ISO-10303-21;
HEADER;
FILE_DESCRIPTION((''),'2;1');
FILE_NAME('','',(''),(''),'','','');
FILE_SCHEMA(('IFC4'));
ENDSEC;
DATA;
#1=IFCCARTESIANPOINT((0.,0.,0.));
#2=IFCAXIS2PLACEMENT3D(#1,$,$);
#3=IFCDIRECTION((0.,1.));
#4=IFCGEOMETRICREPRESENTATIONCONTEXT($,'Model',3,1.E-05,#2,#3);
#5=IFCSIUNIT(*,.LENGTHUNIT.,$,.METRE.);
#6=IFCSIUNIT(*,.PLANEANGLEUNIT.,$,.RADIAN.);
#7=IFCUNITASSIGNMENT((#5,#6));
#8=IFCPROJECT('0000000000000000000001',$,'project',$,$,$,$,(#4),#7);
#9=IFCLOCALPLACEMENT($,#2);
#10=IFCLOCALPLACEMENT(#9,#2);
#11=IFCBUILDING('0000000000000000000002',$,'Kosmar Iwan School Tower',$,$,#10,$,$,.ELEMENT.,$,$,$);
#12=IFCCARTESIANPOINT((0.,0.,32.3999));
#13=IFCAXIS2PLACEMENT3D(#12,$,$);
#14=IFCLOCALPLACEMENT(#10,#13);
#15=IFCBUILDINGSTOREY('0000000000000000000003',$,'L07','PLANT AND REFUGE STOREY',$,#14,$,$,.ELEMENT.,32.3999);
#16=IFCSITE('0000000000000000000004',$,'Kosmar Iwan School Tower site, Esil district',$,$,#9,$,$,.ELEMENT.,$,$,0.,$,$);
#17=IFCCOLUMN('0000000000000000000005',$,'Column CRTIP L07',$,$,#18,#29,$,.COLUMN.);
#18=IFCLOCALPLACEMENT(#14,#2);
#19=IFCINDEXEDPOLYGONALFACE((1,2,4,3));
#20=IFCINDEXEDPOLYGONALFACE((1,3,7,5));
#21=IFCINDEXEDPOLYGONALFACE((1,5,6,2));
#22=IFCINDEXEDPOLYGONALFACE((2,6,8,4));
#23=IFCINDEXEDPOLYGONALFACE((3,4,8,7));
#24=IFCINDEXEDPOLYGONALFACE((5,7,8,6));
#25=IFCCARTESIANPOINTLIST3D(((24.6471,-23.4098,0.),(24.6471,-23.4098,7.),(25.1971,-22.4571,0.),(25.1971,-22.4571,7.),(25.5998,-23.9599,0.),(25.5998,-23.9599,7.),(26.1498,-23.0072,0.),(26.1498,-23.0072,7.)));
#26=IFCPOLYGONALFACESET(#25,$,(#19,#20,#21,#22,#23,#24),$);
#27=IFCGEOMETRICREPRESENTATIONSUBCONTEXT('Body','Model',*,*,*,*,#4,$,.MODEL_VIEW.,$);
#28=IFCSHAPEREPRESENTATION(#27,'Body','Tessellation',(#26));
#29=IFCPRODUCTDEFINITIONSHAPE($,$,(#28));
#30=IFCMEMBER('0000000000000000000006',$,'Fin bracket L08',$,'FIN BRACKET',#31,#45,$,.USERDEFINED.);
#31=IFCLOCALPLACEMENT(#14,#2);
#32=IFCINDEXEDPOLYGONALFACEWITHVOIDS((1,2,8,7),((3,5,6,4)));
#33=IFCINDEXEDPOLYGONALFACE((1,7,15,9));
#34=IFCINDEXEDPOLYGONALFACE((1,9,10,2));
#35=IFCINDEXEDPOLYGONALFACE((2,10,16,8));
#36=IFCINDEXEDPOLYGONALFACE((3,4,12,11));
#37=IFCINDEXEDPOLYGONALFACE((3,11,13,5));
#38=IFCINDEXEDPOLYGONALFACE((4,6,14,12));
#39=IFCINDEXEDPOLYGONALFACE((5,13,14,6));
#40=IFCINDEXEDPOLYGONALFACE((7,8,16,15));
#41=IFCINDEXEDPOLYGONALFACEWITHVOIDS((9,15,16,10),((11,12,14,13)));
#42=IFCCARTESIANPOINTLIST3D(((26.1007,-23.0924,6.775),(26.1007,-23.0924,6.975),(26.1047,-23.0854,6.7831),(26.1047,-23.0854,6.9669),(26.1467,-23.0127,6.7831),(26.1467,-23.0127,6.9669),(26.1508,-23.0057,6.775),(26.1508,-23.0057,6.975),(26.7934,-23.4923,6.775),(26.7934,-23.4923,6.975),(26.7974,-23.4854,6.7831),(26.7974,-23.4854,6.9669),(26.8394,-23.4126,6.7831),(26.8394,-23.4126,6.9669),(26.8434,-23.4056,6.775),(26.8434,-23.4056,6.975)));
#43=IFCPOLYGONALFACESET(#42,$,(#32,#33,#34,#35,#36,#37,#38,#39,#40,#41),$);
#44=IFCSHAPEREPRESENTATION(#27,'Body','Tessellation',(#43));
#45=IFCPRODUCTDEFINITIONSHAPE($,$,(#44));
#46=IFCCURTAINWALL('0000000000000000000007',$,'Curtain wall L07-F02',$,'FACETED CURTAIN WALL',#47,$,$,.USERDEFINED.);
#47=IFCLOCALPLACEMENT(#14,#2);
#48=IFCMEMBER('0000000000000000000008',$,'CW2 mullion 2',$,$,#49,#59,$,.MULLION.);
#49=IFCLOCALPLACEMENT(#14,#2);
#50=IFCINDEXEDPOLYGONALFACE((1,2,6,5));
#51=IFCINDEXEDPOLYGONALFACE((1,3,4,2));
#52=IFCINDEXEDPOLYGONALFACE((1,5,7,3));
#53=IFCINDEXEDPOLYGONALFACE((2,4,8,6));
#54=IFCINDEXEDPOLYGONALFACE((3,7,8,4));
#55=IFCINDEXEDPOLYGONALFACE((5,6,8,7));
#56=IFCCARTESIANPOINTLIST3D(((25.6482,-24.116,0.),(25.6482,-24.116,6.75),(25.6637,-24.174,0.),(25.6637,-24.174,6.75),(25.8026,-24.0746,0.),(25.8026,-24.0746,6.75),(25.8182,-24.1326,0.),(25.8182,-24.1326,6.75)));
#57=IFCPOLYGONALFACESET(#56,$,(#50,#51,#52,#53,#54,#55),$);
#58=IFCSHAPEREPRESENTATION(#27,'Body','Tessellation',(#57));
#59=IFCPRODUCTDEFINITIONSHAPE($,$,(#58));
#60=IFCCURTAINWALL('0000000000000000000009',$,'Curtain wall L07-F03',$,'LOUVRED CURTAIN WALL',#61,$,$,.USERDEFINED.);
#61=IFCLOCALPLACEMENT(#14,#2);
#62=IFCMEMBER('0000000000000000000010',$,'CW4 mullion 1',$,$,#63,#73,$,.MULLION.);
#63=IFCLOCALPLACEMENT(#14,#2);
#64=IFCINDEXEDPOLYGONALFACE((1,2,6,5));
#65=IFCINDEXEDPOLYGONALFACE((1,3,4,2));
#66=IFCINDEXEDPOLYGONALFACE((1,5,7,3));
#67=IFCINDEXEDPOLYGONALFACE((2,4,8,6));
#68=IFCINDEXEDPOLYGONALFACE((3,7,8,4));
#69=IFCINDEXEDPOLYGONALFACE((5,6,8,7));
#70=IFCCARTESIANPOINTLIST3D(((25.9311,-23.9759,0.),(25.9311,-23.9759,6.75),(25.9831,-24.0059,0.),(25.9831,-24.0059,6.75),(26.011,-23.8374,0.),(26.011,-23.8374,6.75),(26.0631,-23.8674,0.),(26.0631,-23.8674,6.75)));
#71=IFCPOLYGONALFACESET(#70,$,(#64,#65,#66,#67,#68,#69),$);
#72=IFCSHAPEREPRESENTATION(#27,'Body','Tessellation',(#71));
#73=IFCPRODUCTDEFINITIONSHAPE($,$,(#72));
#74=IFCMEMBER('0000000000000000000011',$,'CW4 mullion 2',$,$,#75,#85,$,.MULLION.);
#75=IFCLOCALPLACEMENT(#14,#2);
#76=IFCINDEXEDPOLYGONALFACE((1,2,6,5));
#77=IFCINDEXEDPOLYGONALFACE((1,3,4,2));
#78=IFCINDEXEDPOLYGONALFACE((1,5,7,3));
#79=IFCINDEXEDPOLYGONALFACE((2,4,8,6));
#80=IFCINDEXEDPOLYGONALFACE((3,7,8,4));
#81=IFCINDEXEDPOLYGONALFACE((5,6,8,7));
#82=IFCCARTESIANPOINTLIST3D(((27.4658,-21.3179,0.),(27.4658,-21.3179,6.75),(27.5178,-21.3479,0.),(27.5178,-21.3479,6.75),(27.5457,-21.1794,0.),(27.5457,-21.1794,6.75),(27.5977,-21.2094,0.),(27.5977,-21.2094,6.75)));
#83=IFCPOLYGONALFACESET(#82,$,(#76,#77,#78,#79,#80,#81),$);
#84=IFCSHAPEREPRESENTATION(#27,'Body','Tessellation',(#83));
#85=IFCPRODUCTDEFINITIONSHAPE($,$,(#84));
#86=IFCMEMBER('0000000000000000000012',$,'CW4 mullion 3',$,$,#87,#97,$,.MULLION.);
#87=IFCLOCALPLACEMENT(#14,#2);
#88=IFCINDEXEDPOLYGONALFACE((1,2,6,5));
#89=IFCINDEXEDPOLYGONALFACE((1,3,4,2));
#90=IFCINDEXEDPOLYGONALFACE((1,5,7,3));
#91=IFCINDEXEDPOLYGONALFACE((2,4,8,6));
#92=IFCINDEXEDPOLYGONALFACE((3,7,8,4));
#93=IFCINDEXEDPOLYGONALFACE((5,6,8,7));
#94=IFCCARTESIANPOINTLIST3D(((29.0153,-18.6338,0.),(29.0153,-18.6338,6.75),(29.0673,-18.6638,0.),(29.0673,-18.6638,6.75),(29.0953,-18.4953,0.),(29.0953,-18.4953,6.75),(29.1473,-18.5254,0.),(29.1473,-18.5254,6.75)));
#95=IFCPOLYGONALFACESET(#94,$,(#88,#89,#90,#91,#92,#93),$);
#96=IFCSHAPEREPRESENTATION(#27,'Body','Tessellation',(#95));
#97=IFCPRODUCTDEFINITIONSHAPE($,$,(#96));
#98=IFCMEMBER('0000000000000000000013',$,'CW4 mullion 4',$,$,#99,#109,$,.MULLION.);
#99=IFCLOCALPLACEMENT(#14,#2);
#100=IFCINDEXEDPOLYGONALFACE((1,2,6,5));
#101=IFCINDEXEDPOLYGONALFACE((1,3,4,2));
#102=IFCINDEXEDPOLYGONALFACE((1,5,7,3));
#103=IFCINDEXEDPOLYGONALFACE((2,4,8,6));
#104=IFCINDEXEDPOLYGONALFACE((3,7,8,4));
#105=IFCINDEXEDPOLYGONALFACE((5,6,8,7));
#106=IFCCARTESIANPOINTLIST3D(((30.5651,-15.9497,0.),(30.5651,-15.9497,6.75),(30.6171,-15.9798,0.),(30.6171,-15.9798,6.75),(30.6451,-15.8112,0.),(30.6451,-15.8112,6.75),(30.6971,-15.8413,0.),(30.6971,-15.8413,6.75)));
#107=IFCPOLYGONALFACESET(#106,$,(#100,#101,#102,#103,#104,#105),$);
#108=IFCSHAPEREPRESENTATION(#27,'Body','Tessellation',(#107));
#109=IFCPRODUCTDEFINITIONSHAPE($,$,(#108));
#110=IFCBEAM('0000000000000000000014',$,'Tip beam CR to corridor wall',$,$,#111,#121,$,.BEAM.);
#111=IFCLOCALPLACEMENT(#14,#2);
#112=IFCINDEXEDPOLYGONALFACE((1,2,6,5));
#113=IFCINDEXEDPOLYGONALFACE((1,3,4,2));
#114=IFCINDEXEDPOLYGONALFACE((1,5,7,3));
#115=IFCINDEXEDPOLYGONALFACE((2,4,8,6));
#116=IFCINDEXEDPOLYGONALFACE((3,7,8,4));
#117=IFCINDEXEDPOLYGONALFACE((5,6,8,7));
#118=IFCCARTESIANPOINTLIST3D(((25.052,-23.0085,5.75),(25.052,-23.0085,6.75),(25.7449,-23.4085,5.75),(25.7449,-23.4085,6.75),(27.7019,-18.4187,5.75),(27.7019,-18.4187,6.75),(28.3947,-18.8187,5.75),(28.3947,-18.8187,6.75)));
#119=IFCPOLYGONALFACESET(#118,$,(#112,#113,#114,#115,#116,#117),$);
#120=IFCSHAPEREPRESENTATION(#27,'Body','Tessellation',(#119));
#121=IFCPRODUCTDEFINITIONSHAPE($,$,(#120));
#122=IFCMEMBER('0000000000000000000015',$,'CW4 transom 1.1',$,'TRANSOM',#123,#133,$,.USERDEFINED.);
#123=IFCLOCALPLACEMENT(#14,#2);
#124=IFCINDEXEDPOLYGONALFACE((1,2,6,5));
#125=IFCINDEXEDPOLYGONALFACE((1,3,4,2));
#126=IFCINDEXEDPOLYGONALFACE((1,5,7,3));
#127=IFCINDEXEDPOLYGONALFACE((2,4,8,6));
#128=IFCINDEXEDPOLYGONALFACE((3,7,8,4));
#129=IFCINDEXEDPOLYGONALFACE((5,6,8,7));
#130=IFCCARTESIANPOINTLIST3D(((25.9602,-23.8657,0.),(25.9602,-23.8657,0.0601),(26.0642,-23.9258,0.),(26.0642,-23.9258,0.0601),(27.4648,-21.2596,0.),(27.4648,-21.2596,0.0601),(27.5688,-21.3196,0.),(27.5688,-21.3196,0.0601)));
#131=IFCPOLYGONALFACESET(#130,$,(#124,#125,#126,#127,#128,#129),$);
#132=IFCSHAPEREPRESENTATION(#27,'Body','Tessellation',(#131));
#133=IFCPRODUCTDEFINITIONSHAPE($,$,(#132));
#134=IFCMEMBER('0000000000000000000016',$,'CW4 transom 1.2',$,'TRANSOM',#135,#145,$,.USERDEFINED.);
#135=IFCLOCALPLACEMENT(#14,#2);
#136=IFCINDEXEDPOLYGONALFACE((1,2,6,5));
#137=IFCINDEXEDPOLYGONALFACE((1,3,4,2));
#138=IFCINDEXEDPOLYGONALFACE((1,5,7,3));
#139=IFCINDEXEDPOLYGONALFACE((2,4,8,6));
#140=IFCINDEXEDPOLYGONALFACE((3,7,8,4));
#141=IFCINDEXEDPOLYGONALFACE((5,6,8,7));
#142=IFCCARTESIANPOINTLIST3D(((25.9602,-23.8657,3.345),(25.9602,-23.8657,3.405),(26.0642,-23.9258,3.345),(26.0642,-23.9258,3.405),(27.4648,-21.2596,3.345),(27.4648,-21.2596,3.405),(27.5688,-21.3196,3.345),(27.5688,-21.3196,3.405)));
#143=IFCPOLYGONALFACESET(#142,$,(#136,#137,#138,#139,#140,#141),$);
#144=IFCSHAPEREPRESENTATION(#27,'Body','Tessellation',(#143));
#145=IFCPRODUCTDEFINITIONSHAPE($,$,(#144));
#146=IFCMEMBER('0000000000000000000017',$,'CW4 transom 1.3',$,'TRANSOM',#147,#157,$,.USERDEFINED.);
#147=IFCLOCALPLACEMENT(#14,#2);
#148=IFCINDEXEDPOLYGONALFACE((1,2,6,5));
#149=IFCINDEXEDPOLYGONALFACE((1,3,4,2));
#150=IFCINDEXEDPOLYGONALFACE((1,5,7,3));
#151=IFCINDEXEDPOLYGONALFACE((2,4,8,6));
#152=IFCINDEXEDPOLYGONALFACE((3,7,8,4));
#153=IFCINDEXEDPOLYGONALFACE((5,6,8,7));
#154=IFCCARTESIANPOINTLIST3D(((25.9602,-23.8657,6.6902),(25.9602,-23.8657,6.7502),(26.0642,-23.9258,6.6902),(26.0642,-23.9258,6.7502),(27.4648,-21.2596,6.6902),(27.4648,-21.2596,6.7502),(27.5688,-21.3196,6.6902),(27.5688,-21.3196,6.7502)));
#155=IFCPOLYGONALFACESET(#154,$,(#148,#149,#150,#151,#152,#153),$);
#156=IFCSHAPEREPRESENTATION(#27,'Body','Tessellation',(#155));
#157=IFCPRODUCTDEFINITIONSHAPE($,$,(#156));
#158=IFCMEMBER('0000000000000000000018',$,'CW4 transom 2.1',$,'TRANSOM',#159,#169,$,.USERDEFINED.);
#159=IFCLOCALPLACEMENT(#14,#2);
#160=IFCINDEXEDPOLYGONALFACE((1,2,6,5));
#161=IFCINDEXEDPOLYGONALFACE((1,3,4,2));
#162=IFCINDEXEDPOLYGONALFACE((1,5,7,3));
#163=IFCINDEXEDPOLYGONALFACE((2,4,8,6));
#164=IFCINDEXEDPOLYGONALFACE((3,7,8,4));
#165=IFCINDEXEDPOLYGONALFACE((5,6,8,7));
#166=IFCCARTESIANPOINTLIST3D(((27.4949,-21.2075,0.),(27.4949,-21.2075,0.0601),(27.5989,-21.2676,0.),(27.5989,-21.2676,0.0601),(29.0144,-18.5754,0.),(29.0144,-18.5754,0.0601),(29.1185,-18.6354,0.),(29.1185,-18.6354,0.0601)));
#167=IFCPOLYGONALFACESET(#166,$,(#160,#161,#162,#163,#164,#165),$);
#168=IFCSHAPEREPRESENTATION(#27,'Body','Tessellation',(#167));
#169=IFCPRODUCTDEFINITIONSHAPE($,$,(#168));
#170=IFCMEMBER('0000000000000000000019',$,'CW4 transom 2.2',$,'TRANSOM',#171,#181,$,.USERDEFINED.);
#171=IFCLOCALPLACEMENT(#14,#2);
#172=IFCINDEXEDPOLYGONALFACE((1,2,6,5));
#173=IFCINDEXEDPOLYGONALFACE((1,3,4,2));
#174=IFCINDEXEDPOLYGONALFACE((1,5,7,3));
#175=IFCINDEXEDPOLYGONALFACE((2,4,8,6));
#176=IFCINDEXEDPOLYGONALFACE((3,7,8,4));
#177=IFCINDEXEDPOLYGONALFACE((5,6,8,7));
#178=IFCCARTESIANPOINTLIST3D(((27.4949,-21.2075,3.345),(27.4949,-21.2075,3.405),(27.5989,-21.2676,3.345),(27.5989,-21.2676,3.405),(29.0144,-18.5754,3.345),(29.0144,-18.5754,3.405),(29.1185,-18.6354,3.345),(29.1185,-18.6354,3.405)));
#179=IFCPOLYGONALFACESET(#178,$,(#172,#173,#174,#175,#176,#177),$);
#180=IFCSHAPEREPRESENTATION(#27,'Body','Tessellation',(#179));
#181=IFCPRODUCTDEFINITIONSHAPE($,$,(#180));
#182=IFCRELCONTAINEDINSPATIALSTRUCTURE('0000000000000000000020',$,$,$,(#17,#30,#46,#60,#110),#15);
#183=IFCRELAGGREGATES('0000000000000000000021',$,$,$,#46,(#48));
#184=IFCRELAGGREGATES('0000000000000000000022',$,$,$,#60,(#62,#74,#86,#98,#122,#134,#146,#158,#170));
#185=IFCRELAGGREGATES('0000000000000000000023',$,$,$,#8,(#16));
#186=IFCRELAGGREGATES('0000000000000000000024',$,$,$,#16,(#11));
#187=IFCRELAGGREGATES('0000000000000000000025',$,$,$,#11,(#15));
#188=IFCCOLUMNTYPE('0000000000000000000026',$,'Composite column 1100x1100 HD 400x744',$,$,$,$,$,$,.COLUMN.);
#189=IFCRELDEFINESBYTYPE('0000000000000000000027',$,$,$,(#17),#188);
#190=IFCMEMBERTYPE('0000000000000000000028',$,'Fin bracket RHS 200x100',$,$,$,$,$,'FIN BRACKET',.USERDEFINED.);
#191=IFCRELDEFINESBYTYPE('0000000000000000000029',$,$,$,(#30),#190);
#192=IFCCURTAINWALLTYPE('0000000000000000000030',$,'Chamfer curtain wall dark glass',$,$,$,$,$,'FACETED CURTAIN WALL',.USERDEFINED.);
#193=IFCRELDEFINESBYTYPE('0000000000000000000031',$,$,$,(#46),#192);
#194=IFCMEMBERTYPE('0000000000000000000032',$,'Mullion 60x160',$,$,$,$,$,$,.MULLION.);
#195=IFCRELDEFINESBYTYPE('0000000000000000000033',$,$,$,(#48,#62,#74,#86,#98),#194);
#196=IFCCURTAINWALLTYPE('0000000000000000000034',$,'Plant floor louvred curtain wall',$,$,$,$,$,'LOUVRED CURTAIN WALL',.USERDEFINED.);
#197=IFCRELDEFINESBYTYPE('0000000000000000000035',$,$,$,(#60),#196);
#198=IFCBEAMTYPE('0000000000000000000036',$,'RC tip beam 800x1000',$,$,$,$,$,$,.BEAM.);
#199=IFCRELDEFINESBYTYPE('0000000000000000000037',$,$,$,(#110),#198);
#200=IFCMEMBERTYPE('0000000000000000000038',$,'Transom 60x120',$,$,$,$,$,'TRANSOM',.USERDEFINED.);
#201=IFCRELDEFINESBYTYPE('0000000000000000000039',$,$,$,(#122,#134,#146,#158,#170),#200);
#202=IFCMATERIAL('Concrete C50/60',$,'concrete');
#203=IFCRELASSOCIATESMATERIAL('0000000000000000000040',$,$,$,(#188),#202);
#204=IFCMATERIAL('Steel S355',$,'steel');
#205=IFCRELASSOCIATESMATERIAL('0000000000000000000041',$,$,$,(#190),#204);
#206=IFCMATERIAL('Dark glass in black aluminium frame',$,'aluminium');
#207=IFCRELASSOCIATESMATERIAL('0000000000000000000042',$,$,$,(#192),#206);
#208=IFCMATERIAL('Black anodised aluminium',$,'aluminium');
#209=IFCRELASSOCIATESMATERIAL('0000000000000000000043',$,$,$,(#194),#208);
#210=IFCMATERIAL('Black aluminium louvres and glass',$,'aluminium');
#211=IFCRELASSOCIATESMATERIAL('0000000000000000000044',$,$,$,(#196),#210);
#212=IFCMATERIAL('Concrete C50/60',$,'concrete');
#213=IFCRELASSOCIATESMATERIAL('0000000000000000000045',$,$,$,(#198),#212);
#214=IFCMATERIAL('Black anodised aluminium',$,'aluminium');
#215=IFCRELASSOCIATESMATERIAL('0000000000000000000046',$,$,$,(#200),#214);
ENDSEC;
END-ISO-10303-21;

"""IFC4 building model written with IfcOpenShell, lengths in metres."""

from ifc_helpers import new_model, si_unit, direction, frame, origin, origin_2d, place, context, subcontext, project, spatial, rectangle, hollow_rectangle, extrude, material, material_profile, profile_set, type_object, element, aggregate, save


model = new_model("IFC4")

# Units and contexts
model_context = context("Model", 3, precision=1e-05, world=origin(), true_north=direction((0.0, 1.0)))
body_context = subcontext(model_context, "Body", "Model", "MODEL_VIEW")
ifc_project = project(units=[si_unit("LENGTHUNIT", "METRE"), si_unit("PLANEANGLEUNIT", "RADIAN")], contexts=[model_context])

# Site, building, storey
site_placement = place(None, origin())
site = spatial("IfcSite", under=ifc_project, at=site_placement, Name="Kosmar Iwan School Tower site, Esil district", CompositionType="ELEMENT", RefElevation=0.0)
building_placement = place(site_placement, origin())
building = spatial("IfcBuilding", under=site, at=building_placement, Name="Kosmar Iwan School Tower", CompositionType="ELEMENT")
storey_placement = place(building_placement, frame((0.0, 0.0, 32.3999)))
storey = spatial("IfcBuildingStorey", under=building, at=storey_placement, Name="L07", Description="PLANT AND REFUGE STOREY", CompositionType="ELEMENT", Elevation=32.3999)

# Column
ifc_material_1 = material(Name="Concrete C50/60", Category="concrete")
ifc_material_profile_1 = material_profile(ifc_material_1, rectangle(XDim=1.1001, YDim=1.1001, at=origin_2d()), Name="RC 1100x1100 + HD 400x744")
ifc_profile_set_1 = profile_set([ifc_material_profile_1], Name="Concrete C50/60")
column_type = type_object("IfcColumnType", Name="Composite column 1100x1100 HD 400x744", PredefinedType="COLUMN", material=ifc_profile_set_1)
column_placement = place(storey_placement, frame((25.3984, -23.2085, 0.0), z_axis=(0.0, 0.0, 1.0), x_axis=(0.866025, -0.5, 0.0)))
element("IfcColumn", 1, at=column_placement, inside=storey, type_object=column_type, Name="Column CRTIP L07", PredefinedType="COLUMN", context=body_context, shape_type="SweptSolid", body=[
    extrude(rectangle(XDim=1.1001, YDim=1.1001, at=origin_2d()), origin(), (0.0, 0.0, 1.0), 7.0),
])

# Member
ifc_material_2 = material(Name="Steel S355", Category="steel")
ifc_material_profile_2 = material_profile(ifc_material_2, hollow_rectangle(XDim=0.1001, YDim=0.2, WallThickness=0.0081, at=origin_2d()), Name="RHS 200x100x8")
ifc_profile_set_2 = profile_set([ifc_material_profile_2], Name="Steel S355")
member_type_1 = type_object("IfcMemberType", Name="Fin bracket RHS 200x100", ElementType="FIN BRACKET", PredefinedType="USERDEFINED", material=ifc_profile_set_2)
member_1_placement = place(storey_placement, frame((26.1257, -23.0491, 6.875), z_axis=(0.866018, -0.500013, 0.0), x_axis=(0.500013, 0.866018, 0.0)))
element("IfcMember", 2, at=member_1_placement, inside=storey, type_object=member_type_1, Name="Fin bracket L08", ObjectType="FIN BRACKET", PredefinedType="USERDEFINED", context=body_context, shape_type="SweptSolid", body=[
    extrude(hollow_rectangle(XDim=0.1001, YDim=0.2, WallThickness=0.0081, at=origin_2d()), origin(), (0.0, 0.0, 1.0), 0.7998),
])

# Curtain wall, member
ifc_material_3 = material(Name="Dark glass in black aluminium frame", Category="aluminium")
curtain_wall_type_1 = type_object("IfcCurtainWallType", Name="Chamfer curtain wall dark glass", ElementType="FACETED CURTAIN WALL", PredefinedType="USERDEFINED", material=ifc_material_3)
curtain_wall_1_placement = place(storey_placement, origin())
curtain_wall_1 = element("IfcCurtainWall", 3, at=curtain_wall_1_placement, inside=storey, type_object=curtain_wall_type_1, Name="Curtain wall L07-F02", ObjectType="FACETED CURTAIN WALL", PredefinedType="USERDEFINED")
ifc_material_4 = material(Name="Black anodised aluminium", Category="aluminium")
ifc_material_profile_3 = material_profile(ifc_material_4, rectangle(XDim=0.0601, YDim=0.1599, at=origin_2d()), Name="MULLION 60x160")
ifc_profile_set_3 = profile_set([ifc_material_profile_3], Name="Black anodised aluminium")
member_type_2 = type_object("IfcMemberType", Name="Mullion 60x160", PredefinedType="MULLION", material=ifc_profile_set_3)
member_2_placement = place(storey_placement, frame((25.7332, -24.1243, 0.0), z_axis=(0.0, 0.0, 1.0), x_axis=(-0.258819, 0.965926, 0.0)))
member_2 = element("IfcMember", 4, at=member_2_placement, type_object=member_type_2, Name="CW2 mullion 2", PredefinedType="MULLION", context=body_context, shape_type="SweptSolid", body=[
    extrude(rectangle(XDim=0.0601, YDim=0.1599, at=origin_2d()), origin(), (0.0, 0.0, 1.0), 6.75),
])
aggregate(curtain_wall_1, [member_2])

# Curtain wall, members
ifc_material_5 = material(Name="Black aluminium louvres and glass", Category="aluminium")
curtain_wall_type_2 = type_object("IfcCurtainWallType", Name="Plant floor louvred curtain wall", ElementType="LOUVRED CURTAIN WALL", PredefinedType="USERDEFINED", material=ifc_material_5)
curtain_wall_2_placement = place(storey_placement, origin())
curtain_wall_2 = element("IfcCurtainWall", 5, at=curtain_wall_2_placement, inside=storey, type_object=curtain_wall_type_2, Name="Curtain wall L07-F03", ObjectType="LOUVRED CURTAIN WALL", PredefinedType="USERDEFINED")
member_3_placement = place(storey_placement, frame((25.9971, -23.9216, 0.0), z_axis=(0.0, 0.0, 1.0), x_axis=(-0.866025, 0.5, 0.0)))
member_3 = element("IfcMember", 6, at=member_3_placement, type_object=member_type_2, Name="CW4 mullion 1", PredefinedType="MULLION", context=body_context, shape_type="SweptSolid", body=[
    extrude(rectangle(XDim=0.0601, YDim=0.1599, at=origin_2d()), origin(), (0.0, 0.0, 1.0), 6.75),
])
member_4_placement = place(storey_placement, frame((27.5317, -21.2637, 0.0), z_axis=(0.0, 0.0, 1.0), x_axis=(-0.866025, 0.5, 0.0)))
member_4 = element("IfcMember", 7, at=member_4_placement, type_object=member_type_2, Name="CW4 mullion 2", PredefinedType="MULLION", context=body_context, shape_type="SweptSolid", body=[
    extrude(rectangle(XDim=0.0601, YDim=0.1599, at=origin_2d()), origin(), (0.0, 0.0, 1.0), 6.75),
])
member_5_placement = place(storey_placement, frame((29.0813, -18.5796, 0.0), z_axis=(0.0, 0.0, 1.0), x_axis=(-0.866025, 0.5, 0.0)))
member_5 = element("IfcMember", 8, at=member_5_placement, type_object=member_type_2, Name="CW4 mullion 3", PredefinedType="MULLION", context=body_context, shape_type="SweptSolid", body=[
    extrude(rectangle(XDim=0.0601, YDim=0.1599, at=origin_2d()), origin(), (0.0, 0.0, 1.0), 6.75),
])
member_6_placement = place(storey_placement, frame((30.6311, -15.8955, 0.0), z_axis=(0.0, 0.0, 1.0), x_axis=(-0.866025, 0.5, 0.0)))
member_6 = element("IfcMember", 9, at=member_6_placement, type_object=member_type_2, Name="CW4 mullion 4", PredefinedType="MULLION", context=body_context, shape_type="SweptSolid", body=[
    extrude(rectangle(XDim=0.0601, YDim=0.1599, at=origin_2d()), origin(), (0.0, 0.0, 1.0), 6.75),
])

# Beam
ifc_material_6 = material(Name="Concrete C50/60", Category="concrete")
ifc_material_profile_4 = material_profile(ifc_material_6, rectangle(XDim=0.8, YDim=1.0, at=origin_2d()), Name="RC 800x1000")
ifc_profile_set_4 = profile_set([ifc_material_profile_4], Name="Concrete C50/60")
beam_type = type_object("IfcBeamType", Name="RC tip beam 800x1000", PredefinedType="BEAM", material=ifc_profile_set_4)
beam_placement = place(storey_placement, frame((25.3984, -23.2085, 6.25), z_axis=(0.499994, 0.866029, 0.0), x_axis=(-0.866029, 0.499994, 0.0)))
element("IfcBeam", 10, at=beam_placement, inside=storey, type_object=beam_type, Name="Tip beam CR to corridor wall", PredefinedType="BEAM", context=body_context, shape_type="SweptSolid", body=[
    extrude(rectangle(XDim=0.8, YDim=1.0, at=origin_2d()), origin(), (0.0, 0.0, 1.0), 5.2998),
])

# Members
ifc_material_7 = material(Name="Black anodised aluminium", Category="aluminium")
ifc_material_profile_5 = material_profile(ifc_material_7, rectangle(XDim=0.1201, YDim=0.0601, at=origin_2d()), Name="TRANSOM 60x120")
ifc_profile_set_5 = profile_set([ifc_material_profile_5], Name="Black anodised aluminium")
member_type_3 = type_object("IfcMemberType", Name="Transom 60x120", ElementType="TRANSOM", PredefinedType="USERDEFINED", material=ifc_profile_set_5)
member_7_placement = place(storey_placement, frame((26.0122, -23.8958, 0.03), z_axis=(0.499987, 0.866033, 0.0), x_axis=(-0.866033, 0.499987, 0.0)))
member_7 = element("IfcMember", 11, at=member_7_placement, type_object=member_type_3, Name="CW4 transom 1.1", ObjectType="TRANSOM", PredefinedType="USERDEFINED", context=body_context, shape_type="SweptSolid", body=[
    extrude(rectangle(XDim=0.1201, YDim=0.0601, at=origin_2d()), origin(), (0.0, 0.0, 1.0), 3.0093),
])
member_8_placement = place(storey_placement, frame((26.0122, -23.8958, 3.375), z_axis=(0.499987, 0.866033, 0.0), x_axis=(-0.866033, 0.499987, 0.0)))
member_8 = element("IfcMember", 12, at=member_8_placement, type_object=member_type_3, Name="CW4 transom 1.2", ObjectType="TRANSOM", PredefinedType="USERDEFINED", context=body_context, shape_type="SweptSolid", body=[
    extrude(rectangle(XDim=0.1201, YDim=0.0601, at=origin_2d()), origin(), (0.0, 0.0, 1.0), 3.0093),
])
member_9_placement = place(storey_placement, frame((26.0122, -23.8958, 6.7202), z_axis=(0.499987, 0.866033, 0.0), x_axis=(-0.866033, 0.499987, 0.0)))
member_9 = element("IfcMember", 13, at=member_9_placement, type_object=member_type_3, Name="CW4 transom 1.3", ObjectType="TRANSOM", PredefinedType="USERDEFINED", context=body_context, shape_type="SweptSolid", body=[
    extrude(rectangle(XDim=0.1201, YDim=0.0601, at=origin_2d()), origin(), (0.0, 0.0, 1.0), 3.0093),
])
member_10_placement = place(storey_placement, frame((27.5469, -21.2375, 0.03), z_axis=(0.499975, 0.86604, 0.0), x_axis=(-0.86604, 0.499975, 0.0)))
member_10 = element("IfcMember", 14, at=member_10_placement, type_object=member_type_3, Name="CW4 transom 2.1", ObjectType="TRANSOM", PredefinedType="USERDEFINED", context=body_context, shape_type="SweptSolid", body=[
    extrude(rectangle(XDim=0.1201, YDim=0.0601, at=origin_2d()), origin(), (0.0, 0.0, 1.0), 3.0393),
])
member_11_placement = place(storey_placement, frame((27.5469, -21.2375, 3.375), z_axis=(0.499975, 0.86604, 0.0), x_axis=(-0.86604, 0.499975, 0.0)))
member_11 = element("IfcMember", 15, at=member_11_placement, type_object=member_type_3, Name="CW4 transom 2.2", ObjectType="TRANSOM", PredefinedType="USERDEFINED", context=body_context, shape_type="SweptSolid", body=[
    extrude(rectangle(XDim=0.1201, YDim=0.0601, at=origin_2d()), origin(), (0.0, 0.0, 1.0), 3.0393),
])

aggregate(curtain_wall_2, [member_3, member_4, member_5, member_6, member_7, member_8, member_9, member_10, member_11])

save(model, "model.ifc")
